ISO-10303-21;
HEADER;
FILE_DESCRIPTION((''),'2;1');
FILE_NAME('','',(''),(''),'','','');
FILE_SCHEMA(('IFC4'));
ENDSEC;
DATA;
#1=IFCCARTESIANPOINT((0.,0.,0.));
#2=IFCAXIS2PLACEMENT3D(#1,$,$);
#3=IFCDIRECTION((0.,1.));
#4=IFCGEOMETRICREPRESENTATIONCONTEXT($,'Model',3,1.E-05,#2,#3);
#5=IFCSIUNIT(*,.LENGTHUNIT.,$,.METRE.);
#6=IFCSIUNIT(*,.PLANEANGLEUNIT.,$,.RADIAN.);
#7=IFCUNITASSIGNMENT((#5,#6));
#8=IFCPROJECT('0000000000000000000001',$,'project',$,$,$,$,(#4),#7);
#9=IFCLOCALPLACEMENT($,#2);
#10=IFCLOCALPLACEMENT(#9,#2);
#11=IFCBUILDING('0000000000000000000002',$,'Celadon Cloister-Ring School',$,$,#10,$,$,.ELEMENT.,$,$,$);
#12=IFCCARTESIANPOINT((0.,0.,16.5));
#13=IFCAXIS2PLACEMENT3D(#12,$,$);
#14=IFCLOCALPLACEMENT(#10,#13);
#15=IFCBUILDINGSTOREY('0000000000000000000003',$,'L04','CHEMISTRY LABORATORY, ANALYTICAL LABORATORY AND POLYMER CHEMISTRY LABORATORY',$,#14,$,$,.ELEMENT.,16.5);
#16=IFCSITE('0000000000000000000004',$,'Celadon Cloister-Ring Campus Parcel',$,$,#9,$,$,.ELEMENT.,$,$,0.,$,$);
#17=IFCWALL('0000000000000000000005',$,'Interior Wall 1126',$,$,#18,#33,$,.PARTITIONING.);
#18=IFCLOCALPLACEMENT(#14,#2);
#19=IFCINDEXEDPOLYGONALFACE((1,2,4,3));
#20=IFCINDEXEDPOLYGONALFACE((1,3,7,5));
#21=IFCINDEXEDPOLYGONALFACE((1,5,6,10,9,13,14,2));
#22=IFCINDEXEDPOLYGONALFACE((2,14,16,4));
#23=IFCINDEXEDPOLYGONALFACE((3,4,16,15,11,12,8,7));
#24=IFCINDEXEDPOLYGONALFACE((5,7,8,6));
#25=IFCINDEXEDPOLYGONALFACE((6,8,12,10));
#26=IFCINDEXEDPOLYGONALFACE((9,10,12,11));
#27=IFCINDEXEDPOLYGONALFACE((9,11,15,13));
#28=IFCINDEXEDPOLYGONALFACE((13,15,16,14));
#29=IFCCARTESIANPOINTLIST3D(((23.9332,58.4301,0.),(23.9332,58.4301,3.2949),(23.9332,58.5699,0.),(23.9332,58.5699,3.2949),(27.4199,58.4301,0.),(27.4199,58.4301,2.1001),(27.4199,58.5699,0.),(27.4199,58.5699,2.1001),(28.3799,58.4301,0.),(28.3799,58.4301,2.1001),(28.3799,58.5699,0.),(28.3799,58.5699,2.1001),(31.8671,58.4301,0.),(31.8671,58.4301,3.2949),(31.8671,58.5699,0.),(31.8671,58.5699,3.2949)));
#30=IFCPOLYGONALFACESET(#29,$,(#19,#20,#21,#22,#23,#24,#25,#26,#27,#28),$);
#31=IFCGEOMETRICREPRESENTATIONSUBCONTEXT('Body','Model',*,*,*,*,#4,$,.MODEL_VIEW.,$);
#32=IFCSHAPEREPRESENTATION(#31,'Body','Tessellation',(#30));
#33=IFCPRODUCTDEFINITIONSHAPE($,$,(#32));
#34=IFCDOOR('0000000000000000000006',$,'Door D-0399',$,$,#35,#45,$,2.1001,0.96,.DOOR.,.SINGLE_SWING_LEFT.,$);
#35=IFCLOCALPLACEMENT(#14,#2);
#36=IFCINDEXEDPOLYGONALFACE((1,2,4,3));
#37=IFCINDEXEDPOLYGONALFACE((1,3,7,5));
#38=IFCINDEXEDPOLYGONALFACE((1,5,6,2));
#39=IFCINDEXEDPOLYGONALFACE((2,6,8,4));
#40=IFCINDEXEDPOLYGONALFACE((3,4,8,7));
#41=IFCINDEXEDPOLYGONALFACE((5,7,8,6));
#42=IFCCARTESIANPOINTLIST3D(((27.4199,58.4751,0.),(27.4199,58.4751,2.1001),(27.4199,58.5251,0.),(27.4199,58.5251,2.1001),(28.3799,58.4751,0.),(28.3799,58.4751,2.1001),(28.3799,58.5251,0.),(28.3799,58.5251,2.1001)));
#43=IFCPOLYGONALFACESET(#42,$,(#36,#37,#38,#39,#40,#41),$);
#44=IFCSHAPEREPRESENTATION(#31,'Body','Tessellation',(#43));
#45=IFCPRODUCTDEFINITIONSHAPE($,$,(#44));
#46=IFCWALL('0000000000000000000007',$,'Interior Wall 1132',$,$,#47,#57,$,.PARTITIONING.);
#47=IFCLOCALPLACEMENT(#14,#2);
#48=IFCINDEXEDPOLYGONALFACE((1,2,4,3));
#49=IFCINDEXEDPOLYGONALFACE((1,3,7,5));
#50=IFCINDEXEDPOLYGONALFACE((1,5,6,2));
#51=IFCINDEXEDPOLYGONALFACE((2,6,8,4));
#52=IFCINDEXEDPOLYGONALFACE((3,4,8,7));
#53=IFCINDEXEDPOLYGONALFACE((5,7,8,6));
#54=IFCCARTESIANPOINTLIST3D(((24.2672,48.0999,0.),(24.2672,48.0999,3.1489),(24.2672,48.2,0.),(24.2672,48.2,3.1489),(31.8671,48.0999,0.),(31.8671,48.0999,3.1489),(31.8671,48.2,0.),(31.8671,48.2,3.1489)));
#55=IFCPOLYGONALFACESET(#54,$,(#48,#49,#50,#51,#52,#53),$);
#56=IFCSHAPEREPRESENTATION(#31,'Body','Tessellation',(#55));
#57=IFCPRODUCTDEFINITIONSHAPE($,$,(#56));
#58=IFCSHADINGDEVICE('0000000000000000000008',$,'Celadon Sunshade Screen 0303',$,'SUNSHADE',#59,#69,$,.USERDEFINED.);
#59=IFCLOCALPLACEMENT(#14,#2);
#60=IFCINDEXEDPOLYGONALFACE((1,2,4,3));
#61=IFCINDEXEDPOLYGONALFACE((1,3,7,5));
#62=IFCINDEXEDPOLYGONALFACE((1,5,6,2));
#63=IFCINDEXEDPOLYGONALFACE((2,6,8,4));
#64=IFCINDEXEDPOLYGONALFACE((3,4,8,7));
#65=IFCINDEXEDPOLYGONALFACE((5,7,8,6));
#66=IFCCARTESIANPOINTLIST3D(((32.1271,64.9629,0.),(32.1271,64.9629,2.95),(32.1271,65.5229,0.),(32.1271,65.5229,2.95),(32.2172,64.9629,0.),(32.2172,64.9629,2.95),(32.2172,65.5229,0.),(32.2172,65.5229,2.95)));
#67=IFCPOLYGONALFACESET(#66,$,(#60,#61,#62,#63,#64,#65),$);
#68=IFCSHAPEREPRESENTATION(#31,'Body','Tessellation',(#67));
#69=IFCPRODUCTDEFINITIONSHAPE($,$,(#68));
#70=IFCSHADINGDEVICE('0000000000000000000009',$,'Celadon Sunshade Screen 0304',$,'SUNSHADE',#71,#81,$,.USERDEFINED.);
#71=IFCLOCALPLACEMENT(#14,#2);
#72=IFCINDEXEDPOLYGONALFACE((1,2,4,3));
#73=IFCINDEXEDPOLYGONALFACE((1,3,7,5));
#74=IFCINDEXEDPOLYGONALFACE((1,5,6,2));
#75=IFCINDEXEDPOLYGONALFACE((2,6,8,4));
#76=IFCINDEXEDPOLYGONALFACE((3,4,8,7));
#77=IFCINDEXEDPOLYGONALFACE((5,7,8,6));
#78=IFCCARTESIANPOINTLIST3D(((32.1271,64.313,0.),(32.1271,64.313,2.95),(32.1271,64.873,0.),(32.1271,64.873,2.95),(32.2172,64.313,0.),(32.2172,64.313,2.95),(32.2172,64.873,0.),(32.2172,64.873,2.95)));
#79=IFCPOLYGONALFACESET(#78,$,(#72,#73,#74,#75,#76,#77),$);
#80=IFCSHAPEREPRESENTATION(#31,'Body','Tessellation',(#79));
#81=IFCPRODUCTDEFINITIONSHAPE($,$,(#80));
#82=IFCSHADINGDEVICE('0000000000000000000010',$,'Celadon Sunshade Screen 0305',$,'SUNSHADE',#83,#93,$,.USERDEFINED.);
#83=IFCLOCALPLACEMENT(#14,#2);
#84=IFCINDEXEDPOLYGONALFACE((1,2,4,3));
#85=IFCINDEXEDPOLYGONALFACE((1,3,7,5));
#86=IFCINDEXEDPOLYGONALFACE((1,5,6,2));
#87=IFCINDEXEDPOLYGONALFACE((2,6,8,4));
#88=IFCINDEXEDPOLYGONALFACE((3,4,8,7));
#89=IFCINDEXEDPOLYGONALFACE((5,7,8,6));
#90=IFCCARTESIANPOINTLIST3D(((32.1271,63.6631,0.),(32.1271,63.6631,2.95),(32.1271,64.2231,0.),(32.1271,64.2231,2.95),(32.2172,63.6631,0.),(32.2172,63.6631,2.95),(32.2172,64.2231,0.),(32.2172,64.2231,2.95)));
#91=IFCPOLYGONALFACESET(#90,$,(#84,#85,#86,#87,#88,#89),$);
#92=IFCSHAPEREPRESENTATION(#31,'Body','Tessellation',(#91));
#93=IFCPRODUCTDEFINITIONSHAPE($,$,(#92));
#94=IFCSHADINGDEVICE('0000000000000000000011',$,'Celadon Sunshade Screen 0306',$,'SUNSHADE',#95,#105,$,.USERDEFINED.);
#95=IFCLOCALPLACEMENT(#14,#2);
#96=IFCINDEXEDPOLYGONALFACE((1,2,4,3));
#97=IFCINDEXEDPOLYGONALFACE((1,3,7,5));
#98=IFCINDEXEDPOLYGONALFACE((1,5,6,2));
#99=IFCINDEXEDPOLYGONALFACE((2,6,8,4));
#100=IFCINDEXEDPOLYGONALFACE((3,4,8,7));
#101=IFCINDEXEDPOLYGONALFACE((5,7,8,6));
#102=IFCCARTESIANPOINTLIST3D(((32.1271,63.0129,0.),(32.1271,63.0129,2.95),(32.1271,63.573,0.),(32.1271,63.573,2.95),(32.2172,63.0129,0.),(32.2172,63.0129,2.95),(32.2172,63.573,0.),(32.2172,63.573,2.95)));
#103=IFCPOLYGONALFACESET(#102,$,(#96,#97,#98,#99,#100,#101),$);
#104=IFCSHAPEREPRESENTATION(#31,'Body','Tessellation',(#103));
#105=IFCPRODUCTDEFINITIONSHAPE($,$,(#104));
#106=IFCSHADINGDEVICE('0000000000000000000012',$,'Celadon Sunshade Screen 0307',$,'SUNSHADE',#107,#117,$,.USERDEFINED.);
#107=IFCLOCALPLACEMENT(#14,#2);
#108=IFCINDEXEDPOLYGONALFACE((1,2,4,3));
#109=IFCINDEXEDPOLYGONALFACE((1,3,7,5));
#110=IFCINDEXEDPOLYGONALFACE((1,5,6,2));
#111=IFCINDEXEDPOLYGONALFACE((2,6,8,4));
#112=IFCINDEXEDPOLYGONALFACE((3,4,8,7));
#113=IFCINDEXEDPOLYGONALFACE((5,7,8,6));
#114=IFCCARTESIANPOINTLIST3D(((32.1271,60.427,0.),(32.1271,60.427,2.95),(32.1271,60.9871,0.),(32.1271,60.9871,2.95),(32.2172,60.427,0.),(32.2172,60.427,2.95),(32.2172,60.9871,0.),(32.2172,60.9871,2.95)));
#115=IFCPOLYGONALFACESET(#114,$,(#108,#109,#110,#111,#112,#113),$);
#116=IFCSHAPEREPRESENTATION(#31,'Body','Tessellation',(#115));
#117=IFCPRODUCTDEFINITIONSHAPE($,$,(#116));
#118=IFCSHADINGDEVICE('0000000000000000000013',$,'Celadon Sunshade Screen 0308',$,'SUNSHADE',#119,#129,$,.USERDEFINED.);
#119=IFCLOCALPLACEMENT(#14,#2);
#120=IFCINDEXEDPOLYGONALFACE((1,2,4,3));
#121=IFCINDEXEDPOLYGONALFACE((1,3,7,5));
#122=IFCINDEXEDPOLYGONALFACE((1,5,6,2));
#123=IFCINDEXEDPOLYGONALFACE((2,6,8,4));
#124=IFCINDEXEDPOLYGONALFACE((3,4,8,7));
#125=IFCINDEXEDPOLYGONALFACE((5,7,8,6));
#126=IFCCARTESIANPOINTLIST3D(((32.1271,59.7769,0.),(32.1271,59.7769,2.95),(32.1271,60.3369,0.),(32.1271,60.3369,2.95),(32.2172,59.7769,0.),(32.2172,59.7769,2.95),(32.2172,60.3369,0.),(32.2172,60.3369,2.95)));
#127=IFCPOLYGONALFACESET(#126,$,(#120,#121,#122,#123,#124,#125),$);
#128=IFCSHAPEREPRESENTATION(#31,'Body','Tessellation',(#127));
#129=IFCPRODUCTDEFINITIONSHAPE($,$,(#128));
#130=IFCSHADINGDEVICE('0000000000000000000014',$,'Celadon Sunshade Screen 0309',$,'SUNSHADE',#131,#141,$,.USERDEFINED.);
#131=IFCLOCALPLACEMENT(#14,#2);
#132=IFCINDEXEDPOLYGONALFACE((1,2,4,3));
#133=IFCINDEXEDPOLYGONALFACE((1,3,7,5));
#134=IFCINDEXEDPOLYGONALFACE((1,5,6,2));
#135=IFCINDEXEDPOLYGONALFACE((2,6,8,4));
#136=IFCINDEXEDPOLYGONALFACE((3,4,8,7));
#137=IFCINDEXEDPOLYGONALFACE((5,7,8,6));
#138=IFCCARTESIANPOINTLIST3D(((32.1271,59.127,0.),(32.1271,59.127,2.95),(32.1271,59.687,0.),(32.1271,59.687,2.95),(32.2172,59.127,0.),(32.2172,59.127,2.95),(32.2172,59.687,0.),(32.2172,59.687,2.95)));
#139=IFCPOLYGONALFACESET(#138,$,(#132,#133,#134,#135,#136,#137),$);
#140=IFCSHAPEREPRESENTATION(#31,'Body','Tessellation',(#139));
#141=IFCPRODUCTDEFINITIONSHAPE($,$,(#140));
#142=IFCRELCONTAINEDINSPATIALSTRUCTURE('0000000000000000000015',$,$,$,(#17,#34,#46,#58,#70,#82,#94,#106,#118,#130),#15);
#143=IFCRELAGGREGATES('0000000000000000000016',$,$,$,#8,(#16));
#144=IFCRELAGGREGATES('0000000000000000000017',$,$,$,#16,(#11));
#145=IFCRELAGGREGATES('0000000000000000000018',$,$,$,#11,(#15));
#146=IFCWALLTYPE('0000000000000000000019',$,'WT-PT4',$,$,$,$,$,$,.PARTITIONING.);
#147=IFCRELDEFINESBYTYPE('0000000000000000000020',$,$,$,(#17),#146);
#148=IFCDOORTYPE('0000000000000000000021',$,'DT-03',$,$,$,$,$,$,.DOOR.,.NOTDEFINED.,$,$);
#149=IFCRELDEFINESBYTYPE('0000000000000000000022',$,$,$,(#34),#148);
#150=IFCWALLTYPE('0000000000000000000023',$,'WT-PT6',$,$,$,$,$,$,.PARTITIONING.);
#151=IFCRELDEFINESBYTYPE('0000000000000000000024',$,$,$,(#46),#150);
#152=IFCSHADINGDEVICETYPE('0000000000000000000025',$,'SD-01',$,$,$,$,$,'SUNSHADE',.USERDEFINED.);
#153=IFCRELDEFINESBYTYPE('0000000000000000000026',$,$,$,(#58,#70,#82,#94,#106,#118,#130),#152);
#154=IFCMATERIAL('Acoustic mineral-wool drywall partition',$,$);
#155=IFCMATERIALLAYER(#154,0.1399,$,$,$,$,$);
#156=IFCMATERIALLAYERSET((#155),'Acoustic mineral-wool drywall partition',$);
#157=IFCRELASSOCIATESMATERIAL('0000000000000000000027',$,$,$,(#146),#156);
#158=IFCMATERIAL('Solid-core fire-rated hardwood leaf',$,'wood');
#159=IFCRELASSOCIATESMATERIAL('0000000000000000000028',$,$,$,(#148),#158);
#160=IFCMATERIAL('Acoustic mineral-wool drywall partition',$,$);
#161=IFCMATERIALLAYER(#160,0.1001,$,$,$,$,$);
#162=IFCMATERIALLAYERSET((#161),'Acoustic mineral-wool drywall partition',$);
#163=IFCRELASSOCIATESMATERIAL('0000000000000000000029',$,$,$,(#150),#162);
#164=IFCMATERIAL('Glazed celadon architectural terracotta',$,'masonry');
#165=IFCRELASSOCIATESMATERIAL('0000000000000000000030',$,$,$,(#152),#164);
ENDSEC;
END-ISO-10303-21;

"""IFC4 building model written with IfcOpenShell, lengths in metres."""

from ifc_helpers import new_model, si_unit, direction, frame, frame_2d, origin, origin_2d, place, context, subcontext, project, spatial, rectangle, extrude, material, layer, layer_set, type_object, element, fill, save


model = new_model("IFC4")

# Units and contexts
model_context = context("Model", 3, precision=1e-05, world=origin(), true_north=direction((0.0, 1.0)))
body_context = subcontext(model_context, "Body", "Model", "MODEL_VIEW")
ifc_project = project(units=[si_unit("LENGTHUNIT", "METRE"), si_unit("PLANEANGLEUNIT", "RADIAN")], contexts=[model_context])

# Site, building, storey
site_placement = place(None, origin())
site = spatial("IfcSite", under=ifc_project, at=site_placement, Name="Celadon Cloister-Ring Campus Parcel", CompositionType="ELEMENT", RefElevation=0.0)
building_placement = place(site_placement, origin())
building = spatial("IfcBuilding", under=site, at=building_placement, Name="Celadon Cloister-Ring School", CompositionType="ELEMENT")
storey_placement = place(building_placement, frame((0.0, 0.0, 16.5)))
storey = spatial("IfcBuildingStorey", under=building, at=storey_placement, Name="L04", Description="CHEMISTRY LABORATORY, ANALYTICAL LABORATORY AND POLYMER CHEMISTRY LABORATORY", CompositionType="ELEMENT", Elevation=16.5)

# Wall, opening, door
ifc_material_1 = material(Name="Acoustic mineral-wool drywall partition")
ifc_layer_1 = layer(ifc_material_1, 0.1399)
ifc_layer_set_1 = layer_set([ifc_layer_1], Name="Acoustic mineral-wool drywall partition")
wall_type_1 = type_object("IfcWallType", Name="WT-PT4", PredefinedType="PARTITIONING", material=ifc_layer_set_1)
wall_1_placement = place(storey_placement, frame((31.8669, 58.5, 0.0), z_axis=(0.0, 0.0, 1.0), x_axis=(-1.0, 0.0, 0.0)))
wall_1 = element("IfcWall", 1, at=wall_1_placement, inside=storey, type_object=wall_type_1, Name="Interior Wall 1126", PredefinedType="PARTITIONING", context=body_context, shape_type="SweptSolid", body=[
    extrude(rectangle(XDim=7.9338, YDim=0.1399, at=frame_2d((3.9668, 0.0))), origin(), (0.0, 0.0, 1.0), 3.2949),
])
opening_placement = place(wall_1_placement, frame((3.4871, 0.0, 0.0)))
opening = element("IfcOpeningElement", 2, at=opening_placement, cuts=wall_1, PredefinedType="OPENING", context=body_context, shape_type="SweptSolid", body=[
    extrude(rectangle(XDim=0.96, YDim=2.1001, at=frame_2d((0.48, 1.05))), frame((0.0, 0.0801, 0.0), z_axis=(0.0, -1.0, 0.0), x_axis=(1.0, 0.0, 0.0)), (0.0, 0.0, 1.0), 0.1599),
])
ifc_material_2 = material(Name="Solid-core fire-rated hardwood leaf", Category="wood")
door_type = type_object("IfcDoorType", Name="DT-03", OperationType="NOTDEFINED", PredefinedType="DOOR", material=ifc_material_2)
door_placement = place(opening_placement, origin())
door = element("IfcDoor", 3, at=door_placement, inside=storey, type_object=door_type, Name="Door D-0399", OperationType="SINGLE_SWING_LEFT", OverallHeight=2.1001, OverallWidth=0.96, PredefinedType="DOOR", context=body_context, shape_type="SweptSolid", body=[
    extrude(rectangle(XDim=0.96, YDim=2.1001, at=frame_2d((0.48, 1.05))), frame((0.0, 0.0249, 0.0), z_axis=(0.0, -1.0, 0.0), x_axis=(1.0, 0.0, 0.0)), (0.0, 0.0, 1.0), 0.05),
])
fill(opening, door)

# Wall
ifc_material_3 = material(Name="Acoustic mineral-wool drywall partition")
ifc_layer_2 = layer(ifc_material_3, 0.1001)
ifc_layer_set_2 = layer_set([ifc_layer_2], Name="Acoustic mineral-wool drywall partition")
wall_type_2 = type_object("IfcWallType", Name="WT-PT6", PredefinedType="PARTITIONING", material=ifc_layer_set_2)
wall_2_placement = place(storey_placement, frame((31.8669, 48.1499, 0.0), z_axis=(0.0, 0.0, 1.0), x_axis=(-1.0, 0.0, 0.0)))
element("IfcWall", 4, at=wall_2_placement, inside=storey, type_object=wall_type_2, Name="Interior Wall 1132", PredefinedType="PARTITIONING", context=body_context, shape_type="SweptSolid", body=[
    extrude(rectangle(XDim=7.5999, YDim=0.1001, at=frame_2d((3.7998, 0.0))), origin(), (0.0, 0.0, 1.0), 3.1489),
])

# Shading devices
ifc_material_4 = material(Name="Glazed celadon architectural terracotta", Category="masonry")
shading_device_type = type_object("IfcShadingDeviceType", Name="SD-01", ElementType="SUNSHADE", PredefinedType="USERDEFINED", material=ifc_material_4)
for number, where, z_axis, x_axis, name in (
    (5, (32.1721, 65.2429, 0.0), (0.0, 0.0, 1.0), (0.0, -1.0, 0.0), "Celadon Sunshade Screen 0303"),
    (6, (32.1721, 64.593, 0.0), (0.0, 0.0, 1.0), (0.0, -1.0, 0.0), "Celadon Sunshade Screen 0304"),
    (7, (32.1721, 63.9431, 0.0), (0.0, 0.0, 1.0), (0.0, -1.0, 0.0), "Celadon Sunshade Screen 0305"),
    (8, (32.1721, 63.293, 0.0), (0.0, 0.0, 1.0), (0.0, -1.0, 0.0), "Celadon Sunshade Screen 0306"),
    (9, (32.1721, 60.707, 0.0), (0.0, 0.0, 1.0), (0.0, -1.0, 0.0), "Celadon Sunshade Screen 0307"),
    (10, (32.1721, 60.0569, 0.0), (0.0, 0.0, 1.0), (0.0, -1.0, 0.0), "Celadon Sunshade Screen 0308"),
    (11, (32.1721, 59.407, 0.0), (0.0, 0.0, 1.0), (0.0, -1.0, 0.0), "Celadon Sunshade Screen 0309"),
):
    element("IfcShadingDevice", number, at=place(storey_placement, frame(where, z_axis=z_axis, x_axis=x_axis)), inside=storey, type_object=shading_device_type, Name=name, ObjectType="SUNSHADE", PredefinedType="USERDEFINED", context=body_context, shape_type="SweptSolid", body=[
        extrude(rectangle(XDim=0.5601, YDim=0.0901, at=origin_2d()), origin(), (0.0, 0.0, 1.0), 2.95),
    ])

save(model, "model.ifc")
